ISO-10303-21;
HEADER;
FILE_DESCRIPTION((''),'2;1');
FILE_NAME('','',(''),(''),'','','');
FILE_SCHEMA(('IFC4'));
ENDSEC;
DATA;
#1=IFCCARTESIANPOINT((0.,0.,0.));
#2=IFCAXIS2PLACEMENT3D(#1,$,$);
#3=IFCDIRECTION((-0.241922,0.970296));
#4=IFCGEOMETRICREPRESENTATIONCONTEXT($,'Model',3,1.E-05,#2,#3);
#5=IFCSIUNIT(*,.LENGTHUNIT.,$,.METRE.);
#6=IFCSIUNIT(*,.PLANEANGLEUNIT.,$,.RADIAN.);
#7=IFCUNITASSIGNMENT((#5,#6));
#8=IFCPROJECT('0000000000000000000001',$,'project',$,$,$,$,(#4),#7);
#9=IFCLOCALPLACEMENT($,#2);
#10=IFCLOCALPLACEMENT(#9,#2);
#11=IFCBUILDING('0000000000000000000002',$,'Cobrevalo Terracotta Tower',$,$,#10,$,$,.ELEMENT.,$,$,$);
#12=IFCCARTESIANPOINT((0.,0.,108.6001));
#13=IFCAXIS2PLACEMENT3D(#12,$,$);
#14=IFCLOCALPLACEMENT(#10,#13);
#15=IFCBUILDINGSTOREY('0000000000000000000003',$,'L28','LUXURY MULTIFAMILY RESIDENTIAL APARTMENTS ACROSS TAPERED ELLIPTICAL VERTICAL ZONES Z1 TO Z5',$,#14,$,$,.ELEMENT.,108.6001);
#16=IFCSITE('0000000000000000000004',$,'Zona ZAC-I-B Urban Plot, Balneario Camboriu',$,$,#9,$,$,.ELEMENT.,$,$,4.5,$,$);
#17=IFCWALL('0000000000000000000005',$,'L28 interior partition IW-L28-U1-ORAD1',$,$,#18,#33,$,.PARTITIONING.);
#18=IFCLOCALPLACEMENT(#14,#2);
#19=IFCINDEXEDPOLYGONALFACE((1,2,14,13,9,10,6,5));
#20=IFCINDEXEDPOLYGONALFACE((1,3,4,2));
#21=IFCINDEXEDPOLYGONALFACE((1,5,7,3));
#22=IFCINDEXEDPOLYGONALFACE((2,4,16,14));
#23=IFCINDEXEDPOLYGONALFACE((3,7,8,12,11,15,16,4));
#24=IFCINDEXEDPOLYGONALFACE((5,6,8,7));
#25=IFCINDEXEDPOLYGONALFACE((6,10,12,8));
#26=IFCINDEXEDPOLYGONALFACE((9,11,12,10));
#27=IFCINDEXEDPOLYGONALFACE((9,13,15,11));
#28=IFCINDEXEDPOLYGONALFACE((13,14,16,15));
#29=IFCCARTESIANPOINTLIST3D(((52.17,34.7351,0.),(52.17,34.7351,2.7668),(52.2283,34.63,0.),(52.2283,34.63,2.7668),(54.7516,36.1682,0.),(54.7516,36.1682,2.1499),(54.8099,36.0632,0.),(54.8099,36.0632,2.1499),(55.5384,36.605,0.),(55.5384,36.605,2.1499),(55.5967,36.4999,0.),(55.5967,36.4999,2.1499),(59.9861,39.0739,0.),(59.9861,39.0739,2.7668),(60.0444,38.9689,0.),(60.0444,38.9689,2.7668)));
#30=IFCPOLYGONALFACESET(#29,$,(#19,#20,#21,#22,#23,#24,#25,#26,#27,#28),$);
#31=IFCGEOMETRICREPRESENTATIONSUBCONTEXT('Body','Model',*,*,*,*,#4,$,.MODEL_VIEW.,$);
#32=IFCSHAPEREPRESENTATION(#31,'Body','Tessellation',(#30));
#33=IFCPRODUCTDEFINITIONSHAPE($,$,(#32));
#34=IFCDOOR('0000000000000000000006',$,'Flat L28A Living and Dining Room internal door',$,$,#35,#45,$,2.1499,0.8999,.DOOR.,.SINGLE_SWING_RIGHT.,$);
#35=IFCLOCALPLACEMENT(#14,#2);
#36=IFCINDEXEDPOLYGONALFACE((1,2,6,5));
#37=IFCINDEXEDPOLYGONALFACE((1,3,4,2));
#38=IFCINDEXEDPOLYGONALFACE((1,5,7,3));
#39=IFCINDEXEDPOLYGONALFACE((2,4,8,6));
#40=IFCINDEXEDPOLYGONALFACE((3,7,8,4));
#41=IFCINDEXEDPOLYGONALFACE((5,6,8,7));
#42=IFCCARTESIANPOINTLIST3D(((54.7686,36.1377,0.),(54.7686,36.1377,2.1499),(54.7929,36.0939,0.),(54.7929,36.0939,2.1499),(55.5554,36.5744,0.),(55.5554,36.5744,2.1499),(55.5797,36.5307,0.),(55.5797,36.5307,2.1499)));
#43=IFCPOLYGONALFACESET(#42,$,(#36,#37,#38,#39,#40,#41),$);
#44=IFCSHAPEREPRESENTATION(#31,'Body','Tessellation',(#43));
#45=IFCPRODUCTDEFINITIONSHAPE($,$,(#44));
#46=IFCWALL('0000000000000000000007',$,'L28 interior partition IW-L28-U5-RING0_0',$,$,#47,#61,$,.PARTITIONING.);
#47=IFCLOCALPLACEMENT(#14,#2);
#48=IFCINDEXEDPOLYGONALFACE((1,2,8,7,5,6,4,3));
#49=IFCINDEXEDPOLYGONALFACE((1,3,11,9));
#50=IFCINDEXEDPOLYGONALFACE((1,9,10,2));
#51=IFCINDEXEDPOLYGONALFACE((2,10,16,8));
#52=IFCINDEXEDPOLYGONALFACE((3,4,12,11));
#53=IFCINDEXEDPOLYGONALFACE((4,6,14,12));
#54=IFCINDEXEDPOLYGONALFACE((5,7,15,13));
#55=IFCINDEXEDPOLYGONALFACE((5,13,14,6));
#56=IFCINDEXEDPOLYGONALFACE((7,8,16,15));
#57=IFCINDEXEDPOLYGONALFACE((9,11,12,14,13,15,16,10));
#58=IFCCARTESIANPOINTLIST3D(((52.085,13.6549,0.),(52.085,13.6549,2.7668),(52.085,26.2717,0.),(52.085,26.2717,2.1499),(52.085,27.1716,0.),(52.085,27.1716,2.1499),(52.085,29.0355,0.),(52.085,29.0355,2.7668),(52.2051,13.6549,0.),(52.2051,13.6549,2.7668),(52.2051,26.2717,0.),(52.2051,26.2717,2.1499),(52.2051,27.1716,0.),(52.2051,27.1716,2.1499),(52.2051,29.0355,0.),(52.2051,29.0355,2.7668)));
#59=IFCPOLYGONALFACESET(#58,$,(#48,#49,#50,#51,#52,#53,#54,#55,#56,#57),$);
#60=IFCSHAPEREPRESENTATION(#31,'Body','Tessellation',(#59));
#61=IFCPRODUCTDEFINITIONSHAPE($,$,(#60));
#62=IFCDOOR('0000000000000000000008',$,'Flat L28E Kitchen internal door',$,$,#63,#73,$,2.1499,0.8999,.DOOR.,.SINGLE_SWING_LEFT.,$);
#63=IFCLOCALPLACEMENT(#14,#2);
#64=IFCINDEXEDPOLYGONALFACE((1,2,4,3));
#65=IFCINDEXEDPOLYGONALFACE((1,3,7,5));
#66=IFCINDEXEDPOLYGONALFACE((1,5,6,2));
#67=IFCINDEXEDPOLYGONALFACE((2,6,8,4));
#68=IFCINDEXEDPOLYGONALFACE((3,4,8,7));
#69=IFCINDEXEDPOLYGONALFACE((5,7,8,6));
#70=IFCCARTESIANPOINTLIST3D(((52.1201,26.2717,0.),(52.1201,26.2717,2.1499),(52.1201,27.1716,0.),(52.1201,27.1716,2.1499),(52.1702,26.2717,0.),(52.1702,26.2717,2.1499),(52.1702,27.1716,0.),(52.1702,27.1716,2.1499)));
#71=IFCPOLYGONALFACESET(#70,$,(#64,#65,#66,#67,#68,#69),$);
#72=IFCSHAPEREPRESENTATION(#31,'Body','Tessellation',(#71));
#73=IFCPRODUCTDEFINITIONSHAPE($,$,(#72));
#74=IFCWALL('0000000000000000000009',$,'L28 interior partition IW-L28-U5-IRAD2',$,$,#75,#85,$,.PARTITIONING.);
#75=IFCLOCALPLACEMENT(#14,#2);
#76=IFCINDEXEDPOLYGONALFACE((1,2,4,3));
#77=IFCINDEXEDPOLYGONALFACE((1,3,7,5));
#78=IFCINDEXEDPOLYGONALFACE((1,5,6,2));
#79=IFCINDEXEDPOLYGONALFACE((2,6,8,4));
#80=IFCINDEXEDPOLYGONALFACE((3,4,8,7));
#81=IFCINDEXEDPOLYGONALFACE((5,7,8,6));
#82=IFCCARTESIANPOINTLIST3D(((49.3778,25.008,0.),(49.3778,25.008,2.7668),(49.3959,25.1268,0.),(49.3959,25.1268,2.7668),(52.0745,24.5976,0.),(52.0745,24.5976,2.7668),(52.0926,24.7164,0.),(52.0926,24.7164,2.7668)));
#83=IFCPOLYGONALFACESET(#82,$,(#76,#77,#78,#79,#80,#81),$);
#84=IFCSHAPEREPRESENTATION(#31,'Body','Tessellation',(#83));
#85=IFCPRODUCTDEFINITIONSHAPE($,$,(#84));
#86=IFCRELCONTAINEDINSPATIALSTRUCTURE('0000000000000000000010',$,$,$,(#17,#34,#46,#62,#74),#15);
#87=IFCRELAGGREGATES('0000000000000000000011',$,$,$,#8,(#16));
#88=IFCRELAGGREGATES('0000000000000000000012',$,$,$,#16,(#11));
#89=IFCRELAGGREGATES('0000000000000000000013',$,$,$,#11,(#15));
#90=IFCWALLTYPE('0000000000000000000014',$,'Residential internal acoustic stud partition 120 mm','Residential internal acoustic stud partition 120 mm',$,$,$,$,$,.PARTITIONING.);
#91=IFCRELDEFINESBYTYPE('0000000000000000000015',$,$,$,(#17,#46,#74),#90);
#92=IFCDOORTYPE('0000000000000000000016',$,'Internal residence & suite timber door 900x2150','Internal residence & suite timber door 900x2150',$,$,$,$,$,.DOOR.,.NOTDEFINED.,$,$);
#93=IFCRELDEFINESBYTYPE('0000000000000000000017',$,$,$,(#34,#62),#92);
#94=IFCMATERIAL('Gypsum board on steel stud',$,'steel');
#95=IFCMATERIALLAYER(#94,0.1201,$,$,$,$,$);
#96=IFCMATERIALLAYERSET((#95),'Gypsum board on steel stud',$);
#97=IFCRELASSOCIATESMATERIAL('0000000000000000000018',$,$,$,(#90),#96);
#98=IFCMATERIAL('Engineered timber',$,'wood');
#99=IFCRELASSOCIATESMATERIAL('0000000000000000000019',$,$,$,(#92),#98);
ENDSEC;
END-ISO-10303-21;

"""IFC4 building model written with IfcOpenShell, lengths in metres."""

from ifc_helpers import new_model, si_unit, direction, frame, frame_2d, origin, place, context, subcontext, project, spatial, rectangle, extrude, source, transform, mapped, material, layer, layer_set, type_object, element, fill, save


model = new_model("IFC4")

# Units and contexts
model_context = context("Model", 3, precision=1e-05, world=origin(), true_north=direction((-0.241922, 0.970296)))
body_context = subcontext(model_context, "Body", "Model", "MODEL_VIEW")
ifc_project = project(units=[si_unit("LENGTHUNIT", "METRE"), si_unit("PLANEANGLEUNIT", "RADIAN")], contexts=[model_context])

# Site, building, storey
site_placement = place(None, origin())
site = spatial("IfcSite", under=ifc_project, at=site_placement, Name="Zona ZAC-I-B Urban Plot, Balneario Camboriu", CompositionType="ELEMENT", RefElevation=4.5)
building_placement = place(site_placement, origin())
building = spatial("IfcBuilding", under=site, at=building_placement, Name="Cobrevalo Terracotta Tower", CompositionType="ELEMENT")
storey_placement = place(building_placement, frame((0.0, 0.0, 108.6001)))
storey = spatial("IfcBuildingStorey", under=building, at=storey_placement, Name="L28", Description="LUXURY MULTIFAMILY RESIDENTIAL APARTMENTS ACROSS TAPERED ELLIPTICAL VERTICAL ZONES Z1 TO Z5", CompositionType="ELEMENT", Elevation=108.6001)

# Walls, openings, doors
ifc_material_1 = material(Name="Gypsum board on steel stud", Category="steel")
ifc_layer_1 = layer(ifc_material_1, 0.1201)
ifc_layer_set_1 = layer_set([ifc_layer_1], Name="Gypsum board on steel stud")
wall_type_1 = type_object("IfcWallType", Name="Residential internal acoustic stud partition 120 mm", Description="Residential internal acoustic stud partition 120 mm", PredefinedType="PARTITIONING", material=ifc_layer_set_1)
wall_1_placement = place(storey_placement, frame((52.1992, 34.6826, 0.0), z_axis=(0.0, 0.0, 1.0), x_axis=(0.874321, 0.485348, 0.0)))
wall_1 = element("IfcWall", 1, at=wall_1_placement, inside=storey, type_object=wall_type_1, Name="L28 interior partition IW-L28-U1-ORAD1", PredefinedType="PARTITIONING", context=body_context, shape_type="SweptSolid", body=[
    extrude(rectangle(XDim=8.9397, YDim=0.1201, at=frame_2d((4.4697, 0.0))), origin(), (0.0, 0.0, 1.0), 2.7668),
])
opening_1_placement = place(wall_1_placement, frame((2.9526, 0.0, 0.0)))
opening_1 = element("IfcOpeningElement", 2, at=opening_1_placement, cuts=wall_1, PredefinedType="OPENING", context=body_context, shape_type="SweptSolid", body=[
    extrude(rectangle(XDim=0.8999, YDim=2.1499, at=frame_2d((0.45, 1.075))), frame((0.0, 0.0701, 0.0), z_axis=(0.0, -1.0, 0.0), x_axis=(1.0, 0.0, 0.0)), (0.0, 0.0, 1.0), 0.1401),
])
ifc_material_2 = material(Name="Engineered timber", Category="wood")
door_type_1 = type_object("IfcDoorType", Name="Internal residence & suite timber door 900x2150", Description="Internal residence & suite timber door 900x2150", OperationType="NOTDEFINED", PredefinedType="DOOR", material=ifc_material_2)
shared_shape_1 = source(origin(), body_context, "Body", "SweptSolid", [
    extrude(rectangle(XDim=0.8999, YDim=2.1499, at=frame_2d((0.45, 1.075))), frame((0.0, 0.0249, 0.0), z_axis=(0.0, -1.0, 0.0), x_axis=(1.0, 0.0, 0.0)), (0.0, 0.0, 1.0), 0.05),
])
door_1_placement = place(opening_1_placement, frame((0.8999, 0.0, 0.0), z_axis=(0.0, 0.0, 1.0), x_axis=(-1.0, 0.0, 0.0)))
door_1 = element("IfcDoor", 3, at=door_1_placement, inside=storey, type_object=door_type_1, Name="Flat L28A Living and Dining Room internal door", OperationType="SINGLE_SWING_RIGHT", OverallHeight=2.1499, OverallWidth=0.8999, PredefinedType="DOOR", context=body_context, shape_type="MappedRepresentation", body=[
    mapped(shared_shape_1, transform((0.0, 0.0, 0.0), scale=1.0)),
])
fill(opening_1, door_1)
wall_2_placement = place(storey_placement, frame((52.145, 29.0356, 0.0), z_axis=(0.0, 0.0, 1.0), x_axis=(0.0, -1.0, 0.0)))
wall_2 = element("IfcWall", 4, at=wall_2_placement, inside=storey, type_object=wall_type_1, Name="L28 interior partition IW-L28-U5-RING0_0", PredefinedType="PARTITIONING", context=body_context, shape_type="SweptSolid", body=[
    extrude(rectangle(XDim=15.3806, YDim=0.1201, at=frame_2d((7.6904, 0.0))), origin(), (0.0, 0.0, 1.0), 2.7668),
])
opening_2_placement = place(wall_2_placement, frame((1.864, 0.0, 0.0)))
opening_2 = element("IfcOpeningElement", 5, at=opening_2_placement, cuts=wall_2, PredefinedType="OPENING", context=body_context, shape_type="SweptSolid", body=[
    extrude(rectangle(XDim=0.8999, YDim=2.1499, at=frame_2d((0.45, 1.075))), frame((0.0, 0.0701, 0.0), z_axis=(0.0, -1.0, 0.0), x_axis=(1.0, 0.0, 0.0)), (0.0, 0.0, 1.0), 0.1401),
])
door_2_placement = place(opening_2_placement, frame((0.8999, 0.0, 0.0), z_axis=(0.0, 0.0, 1.0), x_axis=(-1.0, 0.0, 0.0)))
door_2 = element("IfcDoor", 6, at=door_2_placement, inside=storey, type_object=door_type_1, Name="Flat L28E Kitchen internal door", OperationType="SINGLE_SWING_LEFT", OverallHeight=2.1499, OverallWidth=0.8999, PredefinedType="DOOR", context=body_context, shape_type="MappedRepresentation", body=[
    mapped(shared_shape_1, transform((0.0, 0.0, 0.0), scale=1.0)),
])
fill(opening_2, door_2)

# Wall
wall_3_placement = place(storey_placement, frame((49.387, 25.0674, 0.0), z_axis=(0.0, 0.0, 1.0), x_axis=(0.988618, -0.15045, 0.0)))
element("IfcWall", 7, at=wall_3_placement, inside=storey, type_object=wall_type_1, Name="L28 interior partition IW-L28-U5-IRAD2", PredefinedType="PARTITIONING", context=body_context, shape_type="SweptSolid", body=[
    extrude(rectangle(XDim=2.7278, YDim=0.1201, at=frame_2d((1.3638, 0.0))), origin(), (0.0, 0.0, 1.0), 2.7668),
])

save(model, "model.ifc")
